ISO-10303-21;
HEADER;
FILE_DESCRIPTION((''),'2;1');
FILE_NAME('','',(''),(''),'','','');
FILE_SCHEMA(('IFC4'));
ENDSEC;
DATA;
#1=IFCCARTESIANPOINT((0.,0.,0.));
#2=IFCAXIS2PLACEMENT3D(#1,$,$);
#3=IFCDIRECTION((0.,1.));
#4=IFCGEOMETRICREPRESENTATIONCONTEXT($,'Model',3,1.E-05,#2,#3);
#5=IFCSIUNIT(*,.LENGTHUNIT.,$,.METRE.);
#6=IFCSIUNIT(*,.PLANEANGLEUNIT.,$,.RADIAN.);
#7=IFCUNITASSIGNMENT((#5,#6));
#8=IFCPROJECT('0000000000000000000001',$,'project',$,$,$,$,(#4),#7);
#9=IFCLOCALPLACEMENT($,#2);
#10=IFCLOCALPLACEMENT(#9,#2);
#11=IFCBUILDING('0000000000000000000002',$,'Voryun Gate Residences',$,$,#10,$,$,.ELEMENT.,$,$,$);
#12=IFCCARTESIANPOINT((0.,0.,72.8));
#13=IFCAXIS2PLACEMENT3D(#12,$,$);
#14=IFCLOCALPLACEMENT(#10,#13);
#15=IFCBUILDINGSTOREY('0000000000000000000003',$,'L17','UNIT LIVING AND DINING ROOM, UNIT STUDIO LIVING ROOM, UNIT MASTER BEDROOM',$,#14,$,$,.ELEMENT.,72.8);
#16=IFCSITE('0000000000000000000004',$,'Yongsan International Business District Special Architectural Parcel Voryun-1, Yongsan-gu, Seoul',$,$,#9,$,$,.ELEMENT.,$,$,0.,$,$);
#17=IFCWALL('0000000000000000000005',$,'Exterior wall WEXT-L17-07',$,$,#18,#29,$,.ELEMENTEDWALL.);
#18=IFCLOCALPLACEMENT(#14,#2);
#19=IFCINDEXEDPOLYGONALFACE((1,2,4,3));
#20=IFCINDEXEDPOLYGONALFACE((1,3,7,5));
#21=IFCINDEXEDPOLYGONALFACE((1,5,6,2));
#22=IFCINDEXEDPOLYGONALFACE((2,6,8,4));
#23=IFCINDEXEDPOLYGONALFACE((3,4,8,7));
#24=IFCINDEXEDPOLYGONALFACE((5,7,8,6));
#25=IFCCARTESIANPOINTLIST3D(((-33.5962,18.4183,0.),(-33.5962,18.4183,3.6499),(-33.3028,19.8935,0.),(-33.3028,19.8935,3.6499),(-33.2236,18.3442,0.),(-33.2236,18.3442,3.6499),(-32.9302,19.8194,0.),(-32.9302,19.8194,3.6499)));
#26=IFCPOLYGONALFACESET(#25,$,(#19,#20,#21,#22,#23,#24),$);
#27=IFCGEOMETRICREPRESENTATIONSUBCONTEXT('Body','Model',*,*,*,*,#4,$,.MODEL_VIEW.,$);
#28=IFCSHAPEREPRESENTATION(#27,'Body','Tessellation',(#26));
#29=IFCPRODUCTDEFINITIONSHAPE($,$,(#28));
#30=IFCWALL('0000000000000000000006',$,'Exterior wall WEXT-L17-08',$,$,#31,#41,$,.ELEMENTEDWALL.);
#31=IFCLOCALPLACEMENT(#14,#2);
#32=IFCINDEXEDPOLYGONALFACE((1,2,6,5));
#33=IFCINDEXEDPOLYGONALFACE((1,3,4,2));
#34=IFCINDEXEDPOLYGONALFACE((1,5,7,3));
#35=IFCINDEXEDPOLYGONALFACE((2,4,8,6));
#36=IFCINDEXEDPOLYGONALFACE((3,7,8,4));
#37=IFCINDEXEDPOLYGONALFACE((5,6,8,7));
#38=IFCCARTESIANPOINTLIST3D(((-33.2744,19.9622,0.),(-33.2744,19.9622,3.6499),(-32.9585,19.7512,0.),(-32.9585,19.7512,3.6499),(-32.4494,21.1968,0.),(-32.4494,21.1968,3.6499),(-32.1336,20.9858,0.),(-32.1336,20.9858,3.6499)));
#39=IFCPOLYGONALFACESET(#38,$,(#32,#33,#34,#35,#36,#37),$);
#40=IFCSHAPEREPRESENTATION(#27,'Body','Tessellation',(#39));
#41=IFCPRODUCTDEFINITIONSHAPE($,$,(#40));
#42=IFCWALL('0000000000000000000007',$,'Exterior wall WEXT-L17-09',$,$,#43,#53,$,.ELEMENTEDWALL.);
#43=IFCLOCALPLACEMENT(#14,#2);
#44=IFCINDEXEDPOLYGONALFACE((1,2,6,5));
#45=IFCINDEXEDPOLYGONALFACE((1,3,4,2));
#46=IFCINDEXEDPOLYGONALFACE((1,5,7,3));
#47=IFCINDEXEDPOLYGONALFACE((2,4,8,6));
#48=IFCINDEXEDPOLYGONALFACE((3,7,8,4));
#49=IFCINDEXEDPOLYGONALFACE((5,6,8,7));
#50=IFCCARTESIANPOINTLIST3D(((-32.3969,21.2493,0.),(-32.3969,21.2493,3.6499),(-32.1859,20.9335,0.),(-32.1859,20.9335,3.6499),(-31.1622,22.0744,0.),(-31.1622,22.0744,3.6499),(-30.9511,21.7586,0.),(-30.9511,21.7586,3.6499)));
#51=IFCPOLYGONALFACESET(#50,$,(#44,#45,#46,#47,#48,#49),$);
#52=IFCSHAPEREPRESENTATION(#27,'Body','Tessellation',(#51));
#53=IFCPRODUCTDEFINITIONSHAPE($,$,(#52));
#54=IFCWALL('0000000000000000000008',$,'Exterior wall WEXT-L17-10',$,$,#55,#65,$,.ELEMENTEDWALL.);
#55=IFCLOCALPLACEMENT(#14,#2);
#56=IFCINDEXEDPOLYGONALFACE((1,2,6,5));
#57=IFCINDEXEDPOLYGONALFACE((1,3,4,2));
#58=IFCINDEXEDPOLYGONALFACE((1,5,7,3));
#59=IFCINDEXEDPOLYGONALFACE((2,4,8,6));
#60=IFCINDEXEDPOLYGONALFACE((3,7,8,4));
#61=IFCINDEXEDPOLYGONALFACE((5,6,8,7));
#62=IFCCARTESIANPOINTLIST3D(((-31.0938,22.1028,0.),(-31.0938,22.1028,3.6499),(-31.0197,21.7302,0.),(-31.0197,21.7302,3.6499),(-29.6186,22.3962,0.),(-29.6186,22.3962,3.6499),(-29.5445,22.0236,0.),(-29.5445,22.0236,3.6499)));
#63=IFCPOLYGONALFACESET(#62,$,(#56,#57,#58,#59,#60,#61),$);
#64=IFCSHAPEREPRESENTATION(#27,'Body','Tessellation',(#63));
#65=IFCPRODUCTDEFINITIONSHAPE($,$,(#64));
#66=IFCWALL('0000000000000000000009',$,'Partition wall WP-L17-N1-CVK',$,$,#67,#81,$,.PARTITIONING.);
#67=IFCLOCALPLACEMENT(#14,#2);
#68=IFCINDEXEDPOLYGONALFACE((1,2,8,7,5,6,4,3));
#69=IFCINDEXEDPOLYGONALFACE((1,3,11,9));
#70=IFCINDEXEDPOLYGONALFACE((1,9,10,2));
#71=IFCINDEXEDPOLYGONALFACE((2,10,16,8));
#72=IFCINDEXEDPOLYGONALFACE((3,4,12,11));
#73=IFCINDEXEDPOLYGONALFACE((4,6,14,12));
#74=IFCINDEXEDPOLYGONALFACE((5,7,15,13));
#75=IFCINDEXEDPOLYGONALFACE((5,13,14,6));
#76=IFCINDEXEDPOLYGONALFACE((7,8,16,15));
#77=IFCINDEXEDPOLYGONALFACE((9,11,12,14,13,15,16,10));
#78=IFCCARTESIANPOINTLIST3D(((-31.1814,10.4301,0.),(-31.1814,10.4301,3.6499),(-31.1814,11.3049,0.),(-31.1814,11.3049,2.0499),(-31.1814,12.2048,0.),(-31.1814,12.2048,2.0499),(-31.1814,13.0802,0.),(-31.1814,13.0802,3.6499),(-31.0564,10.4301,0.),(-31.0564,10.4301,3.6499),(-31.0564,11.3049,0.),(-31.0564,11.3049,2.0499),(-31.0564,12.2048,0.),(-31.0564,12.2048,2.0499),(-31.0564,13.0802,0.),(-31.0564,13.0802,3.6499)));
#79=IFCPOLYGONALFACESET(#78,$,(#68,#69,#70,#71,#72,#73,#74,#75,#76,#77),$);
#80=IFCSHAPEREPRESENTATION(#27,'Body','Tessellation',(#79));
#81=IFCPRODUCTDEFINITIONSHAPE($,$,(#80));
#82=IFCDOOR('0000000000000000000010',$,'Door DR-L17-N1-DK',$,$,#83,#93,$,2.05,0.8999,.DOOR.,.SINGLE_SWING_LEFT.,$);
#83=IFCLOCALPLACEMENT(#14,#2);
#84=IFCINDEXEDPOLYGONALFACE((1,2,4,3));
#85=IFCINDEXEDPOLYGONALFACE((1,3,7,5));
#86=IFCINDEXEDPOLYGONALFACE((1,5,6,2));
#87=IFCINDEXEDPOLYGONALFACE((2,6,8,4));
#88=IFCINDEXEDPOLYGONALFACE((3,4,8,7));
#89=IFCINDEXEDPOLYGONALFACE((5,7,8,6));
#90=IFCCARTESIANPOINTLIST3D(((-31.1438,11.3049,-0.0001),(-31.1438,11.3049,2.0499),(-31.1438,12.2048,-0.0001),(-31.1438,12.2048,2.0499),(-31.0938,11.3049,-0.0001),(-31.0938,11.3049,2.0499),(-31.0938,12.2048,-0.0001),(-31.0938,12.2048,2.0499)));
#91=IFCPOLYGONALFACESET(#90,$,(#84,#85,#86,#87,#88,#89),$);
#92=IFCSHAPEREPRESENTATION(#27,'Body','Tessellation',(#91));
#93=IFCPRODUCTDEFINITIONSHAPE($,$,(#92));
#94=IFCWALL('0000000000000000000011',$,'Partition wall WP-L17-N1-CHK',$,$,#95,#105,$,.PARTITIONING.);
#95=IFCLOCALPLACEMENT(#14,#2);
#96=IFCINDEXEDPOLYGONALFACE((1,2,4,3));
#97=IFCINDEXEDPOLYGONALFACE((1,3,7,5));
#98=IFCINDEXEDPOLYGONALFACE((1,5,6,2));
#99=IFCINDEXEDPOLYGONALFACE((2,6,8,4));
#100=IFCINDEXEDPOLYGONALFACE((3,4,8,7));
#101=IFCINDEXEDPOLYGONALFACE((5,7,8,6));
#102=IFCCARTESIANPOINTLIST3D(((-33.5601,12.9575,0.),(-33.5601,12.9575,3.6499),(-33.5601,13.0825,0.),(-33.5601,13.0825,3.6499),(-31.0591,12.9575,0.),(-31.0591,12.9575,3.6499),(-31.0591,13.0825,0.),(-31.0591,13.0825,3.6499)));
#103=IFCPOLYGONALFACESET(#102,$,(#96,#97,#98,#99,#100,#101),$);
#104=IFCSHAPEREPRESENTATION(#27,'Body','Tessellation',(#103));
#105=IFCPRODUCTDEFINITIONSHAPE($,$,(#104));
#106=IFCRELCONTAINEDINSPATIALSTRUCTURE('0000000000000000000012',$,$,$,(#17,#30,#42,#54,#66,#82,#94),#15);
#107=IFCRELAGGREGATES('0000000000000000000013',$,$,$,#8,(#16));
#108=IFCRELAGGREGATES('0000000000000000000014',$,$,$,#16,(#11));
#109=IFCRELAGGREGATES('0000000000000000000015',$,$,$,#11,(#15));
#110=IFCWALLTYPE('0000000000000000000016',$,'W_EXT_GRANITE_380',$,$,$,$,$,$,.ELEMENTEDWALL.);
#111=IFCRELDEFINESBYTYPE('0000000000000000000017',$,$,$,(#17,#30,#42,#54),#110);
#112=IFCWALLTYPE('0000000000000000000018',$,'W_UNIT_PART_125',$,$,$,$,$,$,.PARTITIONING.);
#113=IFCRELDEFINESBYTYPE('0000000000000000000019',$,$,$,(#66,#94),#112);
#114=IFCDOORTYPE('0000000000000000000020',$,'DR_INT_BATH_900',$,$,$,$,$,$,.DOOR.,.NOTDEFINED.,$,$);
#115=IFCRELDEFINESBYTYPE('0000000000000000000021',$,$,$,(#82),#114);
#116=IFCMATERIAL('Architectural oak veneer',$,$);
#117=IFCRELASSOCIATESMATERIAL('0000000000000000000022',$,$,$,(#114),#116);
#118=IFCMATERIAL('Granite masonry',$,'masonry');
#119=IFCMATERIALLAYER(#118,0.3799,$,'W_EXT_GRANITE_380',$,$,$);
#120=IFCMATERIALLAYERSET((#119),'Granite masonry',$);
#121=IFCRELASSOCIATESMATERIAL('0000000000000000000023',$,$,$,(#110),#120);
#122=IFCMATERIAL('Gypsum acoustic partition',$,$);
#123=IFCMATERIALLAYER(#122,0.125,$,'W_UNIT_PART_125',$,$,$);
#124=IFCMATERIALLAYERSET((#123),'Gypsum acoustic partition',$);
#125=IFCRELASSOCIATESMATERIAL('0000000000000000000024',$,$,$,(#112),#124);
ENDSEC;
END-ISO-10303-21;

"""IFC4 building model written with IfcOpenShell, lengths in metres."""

from ifc_helpers import new_model, si_unit, direction, frame, frame_2d, origin, place, context, subcontext, project, spatial, rectangle, extrude, material, layer, layer_set, type_object, element, fill, save


model = new_model("IFC4")

# Units and contexts
model_context = context("Model", 3, precision=1e-05, world=origin(), true_north=direction((0.0, 1.0)))
body_context = subcontext(model_context, "Body", "Model", "MODEL_VIEW")
ifc_project = project(units=[si_unit("LENGTHUNIT", "METRE"), si_unit("PLANEANGLEUNIT", "RADIAN")], contexts=[model_context])

# Site, building, storey
site_placement = place(None, origin())
site = spatial("IfcSite", under=ifc_project, at=site_placement, Name="Yongsan International Business District Special Architectural Parcel Voryun-1, Yongsan-gu, Seoul", CompositionType="ELEMENT", RefElevation=0.0)
building_placement = place(site_placement, origin())
building = spatial("IfcBuilding", under=site, at=building_placement, Name="Voryun Gate Residences", CompositionType="ELEMENT")
storey_placement = place(building_placement, frame((0.0, 0.0, 72.8)))
storey = spatial("IfcBuildingStorey", under=building, at=storey_placement, Name="L17", Description="UNIT LIVING AND DINING ROOM, UNIT STUDIO LIVING ROOM, UNIT MASTER BEDROOM", CompositionType="ELEMENT", Elevation=72.8)

# Shared definitions
ifc_material_1 = material(Name="Architectural oak veneer")
door_type_1 = type_object("IfcDoorType", Name="DR_INT_BATH_900", OperationType="NOTDEFINED", PredefinedType="DOOR", material=ifc_material_1)

# Walls
ifc_material_2 = material(Name="Granite masonry", Category="masonry")
ifc_layer_1 = layer(ifc_material_2, 0.3799, Name="W_EXT_GRANITE_380")
ifc_layer_set_1 = layer_set([ifc_layer_1], Name="Granite masonry")
wall_type_1 = type_object("IfcWallType", Name="W_EXT_GRANITE_380", PredefinedType="ELEMENTEDWALL", material=ifc_layer_set_1)
wall_1_placement = place(storey_placement, frame((-33.4099, 18.3813, 0.0), z_axis=(0.0, 0.0, 1.0), x_axis=(0.195086, 0.980786, 0.0)))
element("IfcWall", 1, at=wall_1_placement, inside=storey, type_object=wall_type_1, Name="Exterior wall WEXT-L17-07", PredefinedType="ELEMENTEDWALL", context=body_context, shape_type="SweptSolid", body=[
    extrude(rectangle(XDim=1.5042, YDim=0.3799, at=frame_2d((0.752, 0.0))), origin(), (0.0, 0.0, 1.0), 3.6499),
])
wall_2_placement = place(storey_placement, frame((-33.1165, 19.8567, 0.0), z_axis=(0.0, 0.0, 1.0), x_axis=(0.555573, 0.831468, 0.0)))
element("IfcWall", 2, at=wall_2_placement, inside=storey, type_object=wall_type_1, Name="Exterior wall WEXT-L17-08", PredefinedType="ELEMENTEDWALL", context=body_context, shape_type="SweptSolid", body=[
    extrude(rectangle(XDim=1.4849, YDim=0.3799, at=frame_2d((0.7424, 0.0))), origin(), (0.0, 0.0, 1.0), 3.6499),
])
wall_3_placement = place(storey_placement, frame((-32.2915, 21.0913, 0.0), z_axis=(0.0, 0.0, 1.0), x_axis=(0.831443, 0.55561, 0.0)))
element("IfcWall", 3, at=wall_3_placement, inside=storey, type_object=wall_type_1, Name="Exterior wall WEXT-L17-09", PredefinedType="ELEMENTEDWALL", context=body_context, shape_type="SweptSolid", body=[
    extrude(rectangle(XDim=1.4851, YDim=0.3799, at=frame_2d((0.7427, 0.0))), origin(), (0.0, 0.0, 1.0), 3.6499),
])
wall_4_placement = place(storey_placement, frame((-31.0566, 21.9165, 0.0), z_axis=(0.0, 0.0, 1.0), x_axis=(0.980786, 0.195086, 0.0)))
element("IfcWall", 4, at=wall_4_placement, inside=storey, type_object=wall_type_1, Name="Exterior wall WEXT-L17-10", PredefinedType="ELEMENTEDWALL", context=body_context, shape_type="SweptSolid", body=[
    extrude(rectangle(XDim=1.5042, YDim=0.3799, at=frame_2d((0.752, 0.0))), origin(), (0.0, 0.0, 1.0), 3.6499),
])

# Wall, opening, door
ifc_material_3 = material(Name="Gypsum acoustic partition")
ifc_layer_2 = layer(ifc_material_3, 0.125, Name="W_UNIT_PART_125")
ifc_layer_set_2 = layer_set([ifc_layer_2], Name="Gypsum acoustic partition")
wall_type_2 = type_object("IfcWallType", Name="W_UNIT_PART_125", PredefinedType="PARTITIONING", material=ifc_layer_set_2)
wall_5_placement = place(storey_placement, frame((-31.1189, 10.4299, 0.0), z_axis=(0.0, 0.0, 1.0), x_axis=(0.0, 1.0, 0.0)))
wall_5 = element("IfcWall", 5, at=wall_5_placement, inside=storey, type_object=wall_type_2, Name="Partition wall WP-L17-N1-CVK", PredefinedType="PARTITIONING", context=body_context, shape_type="SweptSolid", body=[
    extrude(rectangle(XDim=2.6501, YDim=0.125, at=frame_2d((1.3252, 0.0))), origin(), (0.0, 0.0, 1.0), 3.6499),
])
opening_1_placement = place(wall_5_placement, frame((0.875, 0.0, 0.0)))
opening_1 = element("IfcOpeningElement", 6, at=opening_1_placement, cuts=wall_5, PredefinedType="OPENING", context=body_context, shape_type="SweptSolid", body=[
    extrude(rectangle(XDim=0.8999, YDim=2.05, at=frame_2d((0.45, 1.0249))), frame((0.0, 0.0725, 0.0), z_axis=(0.0, -1.0, 0.0), x_axis=(1.0, 0.0, 0.0)), (0.0, 0.0, 1.0), 0.145),
])
door_1_placement = place(opening_1_placement, origin())
door_1 = element("IfcDoor", 7, at=door_1_placement, inside=storey, type_object=door_type_1, Name="Door DR-L17-N1-DK", OperationType="SINGLE_SWING_LEFT", OverallHeight=2.05, OverallWidth=0.8999, PredefinedType="DOOR", context=body_context, shape_type="SweptSolid", body=[
    extrude(rectangle(XDim=0.8999, YDim=2.05, at=frame_2d((0.45, 1.0249))), frame((0.0, 0.0249, 0.0), z_axis=(0.0, -1.0, 0.0), x_axis=(1.0, 0.0, 0.0)), (0.0, 0.0, 1.0), 0.05),
])
fill(opening_1, door_1)

# Wall
wall_6_placement = place(storey_placement, frame((-33.5601, 13.02, 0.0), z_axis=(0.0, 0.0, 1.0), x_axis=(1.0, 0.0, 0.0)))
element("IfcWall", 8, at=wall_6_placement, inside=storey, type_object=wall_type_2, Name="Partition wall WP-L17-N1-CHK", PredefinedType="PARTITIONING", context=body_context, shape_type="SweptSolid", body=[
    extrude(rectangle(XDim=2.501, YDim=0.125, at=frame_2d((1.2505, 0.0))), origin(), (0.0, 0.0, 1.0), 3.6499),
])

save(model, "model.ifc")
